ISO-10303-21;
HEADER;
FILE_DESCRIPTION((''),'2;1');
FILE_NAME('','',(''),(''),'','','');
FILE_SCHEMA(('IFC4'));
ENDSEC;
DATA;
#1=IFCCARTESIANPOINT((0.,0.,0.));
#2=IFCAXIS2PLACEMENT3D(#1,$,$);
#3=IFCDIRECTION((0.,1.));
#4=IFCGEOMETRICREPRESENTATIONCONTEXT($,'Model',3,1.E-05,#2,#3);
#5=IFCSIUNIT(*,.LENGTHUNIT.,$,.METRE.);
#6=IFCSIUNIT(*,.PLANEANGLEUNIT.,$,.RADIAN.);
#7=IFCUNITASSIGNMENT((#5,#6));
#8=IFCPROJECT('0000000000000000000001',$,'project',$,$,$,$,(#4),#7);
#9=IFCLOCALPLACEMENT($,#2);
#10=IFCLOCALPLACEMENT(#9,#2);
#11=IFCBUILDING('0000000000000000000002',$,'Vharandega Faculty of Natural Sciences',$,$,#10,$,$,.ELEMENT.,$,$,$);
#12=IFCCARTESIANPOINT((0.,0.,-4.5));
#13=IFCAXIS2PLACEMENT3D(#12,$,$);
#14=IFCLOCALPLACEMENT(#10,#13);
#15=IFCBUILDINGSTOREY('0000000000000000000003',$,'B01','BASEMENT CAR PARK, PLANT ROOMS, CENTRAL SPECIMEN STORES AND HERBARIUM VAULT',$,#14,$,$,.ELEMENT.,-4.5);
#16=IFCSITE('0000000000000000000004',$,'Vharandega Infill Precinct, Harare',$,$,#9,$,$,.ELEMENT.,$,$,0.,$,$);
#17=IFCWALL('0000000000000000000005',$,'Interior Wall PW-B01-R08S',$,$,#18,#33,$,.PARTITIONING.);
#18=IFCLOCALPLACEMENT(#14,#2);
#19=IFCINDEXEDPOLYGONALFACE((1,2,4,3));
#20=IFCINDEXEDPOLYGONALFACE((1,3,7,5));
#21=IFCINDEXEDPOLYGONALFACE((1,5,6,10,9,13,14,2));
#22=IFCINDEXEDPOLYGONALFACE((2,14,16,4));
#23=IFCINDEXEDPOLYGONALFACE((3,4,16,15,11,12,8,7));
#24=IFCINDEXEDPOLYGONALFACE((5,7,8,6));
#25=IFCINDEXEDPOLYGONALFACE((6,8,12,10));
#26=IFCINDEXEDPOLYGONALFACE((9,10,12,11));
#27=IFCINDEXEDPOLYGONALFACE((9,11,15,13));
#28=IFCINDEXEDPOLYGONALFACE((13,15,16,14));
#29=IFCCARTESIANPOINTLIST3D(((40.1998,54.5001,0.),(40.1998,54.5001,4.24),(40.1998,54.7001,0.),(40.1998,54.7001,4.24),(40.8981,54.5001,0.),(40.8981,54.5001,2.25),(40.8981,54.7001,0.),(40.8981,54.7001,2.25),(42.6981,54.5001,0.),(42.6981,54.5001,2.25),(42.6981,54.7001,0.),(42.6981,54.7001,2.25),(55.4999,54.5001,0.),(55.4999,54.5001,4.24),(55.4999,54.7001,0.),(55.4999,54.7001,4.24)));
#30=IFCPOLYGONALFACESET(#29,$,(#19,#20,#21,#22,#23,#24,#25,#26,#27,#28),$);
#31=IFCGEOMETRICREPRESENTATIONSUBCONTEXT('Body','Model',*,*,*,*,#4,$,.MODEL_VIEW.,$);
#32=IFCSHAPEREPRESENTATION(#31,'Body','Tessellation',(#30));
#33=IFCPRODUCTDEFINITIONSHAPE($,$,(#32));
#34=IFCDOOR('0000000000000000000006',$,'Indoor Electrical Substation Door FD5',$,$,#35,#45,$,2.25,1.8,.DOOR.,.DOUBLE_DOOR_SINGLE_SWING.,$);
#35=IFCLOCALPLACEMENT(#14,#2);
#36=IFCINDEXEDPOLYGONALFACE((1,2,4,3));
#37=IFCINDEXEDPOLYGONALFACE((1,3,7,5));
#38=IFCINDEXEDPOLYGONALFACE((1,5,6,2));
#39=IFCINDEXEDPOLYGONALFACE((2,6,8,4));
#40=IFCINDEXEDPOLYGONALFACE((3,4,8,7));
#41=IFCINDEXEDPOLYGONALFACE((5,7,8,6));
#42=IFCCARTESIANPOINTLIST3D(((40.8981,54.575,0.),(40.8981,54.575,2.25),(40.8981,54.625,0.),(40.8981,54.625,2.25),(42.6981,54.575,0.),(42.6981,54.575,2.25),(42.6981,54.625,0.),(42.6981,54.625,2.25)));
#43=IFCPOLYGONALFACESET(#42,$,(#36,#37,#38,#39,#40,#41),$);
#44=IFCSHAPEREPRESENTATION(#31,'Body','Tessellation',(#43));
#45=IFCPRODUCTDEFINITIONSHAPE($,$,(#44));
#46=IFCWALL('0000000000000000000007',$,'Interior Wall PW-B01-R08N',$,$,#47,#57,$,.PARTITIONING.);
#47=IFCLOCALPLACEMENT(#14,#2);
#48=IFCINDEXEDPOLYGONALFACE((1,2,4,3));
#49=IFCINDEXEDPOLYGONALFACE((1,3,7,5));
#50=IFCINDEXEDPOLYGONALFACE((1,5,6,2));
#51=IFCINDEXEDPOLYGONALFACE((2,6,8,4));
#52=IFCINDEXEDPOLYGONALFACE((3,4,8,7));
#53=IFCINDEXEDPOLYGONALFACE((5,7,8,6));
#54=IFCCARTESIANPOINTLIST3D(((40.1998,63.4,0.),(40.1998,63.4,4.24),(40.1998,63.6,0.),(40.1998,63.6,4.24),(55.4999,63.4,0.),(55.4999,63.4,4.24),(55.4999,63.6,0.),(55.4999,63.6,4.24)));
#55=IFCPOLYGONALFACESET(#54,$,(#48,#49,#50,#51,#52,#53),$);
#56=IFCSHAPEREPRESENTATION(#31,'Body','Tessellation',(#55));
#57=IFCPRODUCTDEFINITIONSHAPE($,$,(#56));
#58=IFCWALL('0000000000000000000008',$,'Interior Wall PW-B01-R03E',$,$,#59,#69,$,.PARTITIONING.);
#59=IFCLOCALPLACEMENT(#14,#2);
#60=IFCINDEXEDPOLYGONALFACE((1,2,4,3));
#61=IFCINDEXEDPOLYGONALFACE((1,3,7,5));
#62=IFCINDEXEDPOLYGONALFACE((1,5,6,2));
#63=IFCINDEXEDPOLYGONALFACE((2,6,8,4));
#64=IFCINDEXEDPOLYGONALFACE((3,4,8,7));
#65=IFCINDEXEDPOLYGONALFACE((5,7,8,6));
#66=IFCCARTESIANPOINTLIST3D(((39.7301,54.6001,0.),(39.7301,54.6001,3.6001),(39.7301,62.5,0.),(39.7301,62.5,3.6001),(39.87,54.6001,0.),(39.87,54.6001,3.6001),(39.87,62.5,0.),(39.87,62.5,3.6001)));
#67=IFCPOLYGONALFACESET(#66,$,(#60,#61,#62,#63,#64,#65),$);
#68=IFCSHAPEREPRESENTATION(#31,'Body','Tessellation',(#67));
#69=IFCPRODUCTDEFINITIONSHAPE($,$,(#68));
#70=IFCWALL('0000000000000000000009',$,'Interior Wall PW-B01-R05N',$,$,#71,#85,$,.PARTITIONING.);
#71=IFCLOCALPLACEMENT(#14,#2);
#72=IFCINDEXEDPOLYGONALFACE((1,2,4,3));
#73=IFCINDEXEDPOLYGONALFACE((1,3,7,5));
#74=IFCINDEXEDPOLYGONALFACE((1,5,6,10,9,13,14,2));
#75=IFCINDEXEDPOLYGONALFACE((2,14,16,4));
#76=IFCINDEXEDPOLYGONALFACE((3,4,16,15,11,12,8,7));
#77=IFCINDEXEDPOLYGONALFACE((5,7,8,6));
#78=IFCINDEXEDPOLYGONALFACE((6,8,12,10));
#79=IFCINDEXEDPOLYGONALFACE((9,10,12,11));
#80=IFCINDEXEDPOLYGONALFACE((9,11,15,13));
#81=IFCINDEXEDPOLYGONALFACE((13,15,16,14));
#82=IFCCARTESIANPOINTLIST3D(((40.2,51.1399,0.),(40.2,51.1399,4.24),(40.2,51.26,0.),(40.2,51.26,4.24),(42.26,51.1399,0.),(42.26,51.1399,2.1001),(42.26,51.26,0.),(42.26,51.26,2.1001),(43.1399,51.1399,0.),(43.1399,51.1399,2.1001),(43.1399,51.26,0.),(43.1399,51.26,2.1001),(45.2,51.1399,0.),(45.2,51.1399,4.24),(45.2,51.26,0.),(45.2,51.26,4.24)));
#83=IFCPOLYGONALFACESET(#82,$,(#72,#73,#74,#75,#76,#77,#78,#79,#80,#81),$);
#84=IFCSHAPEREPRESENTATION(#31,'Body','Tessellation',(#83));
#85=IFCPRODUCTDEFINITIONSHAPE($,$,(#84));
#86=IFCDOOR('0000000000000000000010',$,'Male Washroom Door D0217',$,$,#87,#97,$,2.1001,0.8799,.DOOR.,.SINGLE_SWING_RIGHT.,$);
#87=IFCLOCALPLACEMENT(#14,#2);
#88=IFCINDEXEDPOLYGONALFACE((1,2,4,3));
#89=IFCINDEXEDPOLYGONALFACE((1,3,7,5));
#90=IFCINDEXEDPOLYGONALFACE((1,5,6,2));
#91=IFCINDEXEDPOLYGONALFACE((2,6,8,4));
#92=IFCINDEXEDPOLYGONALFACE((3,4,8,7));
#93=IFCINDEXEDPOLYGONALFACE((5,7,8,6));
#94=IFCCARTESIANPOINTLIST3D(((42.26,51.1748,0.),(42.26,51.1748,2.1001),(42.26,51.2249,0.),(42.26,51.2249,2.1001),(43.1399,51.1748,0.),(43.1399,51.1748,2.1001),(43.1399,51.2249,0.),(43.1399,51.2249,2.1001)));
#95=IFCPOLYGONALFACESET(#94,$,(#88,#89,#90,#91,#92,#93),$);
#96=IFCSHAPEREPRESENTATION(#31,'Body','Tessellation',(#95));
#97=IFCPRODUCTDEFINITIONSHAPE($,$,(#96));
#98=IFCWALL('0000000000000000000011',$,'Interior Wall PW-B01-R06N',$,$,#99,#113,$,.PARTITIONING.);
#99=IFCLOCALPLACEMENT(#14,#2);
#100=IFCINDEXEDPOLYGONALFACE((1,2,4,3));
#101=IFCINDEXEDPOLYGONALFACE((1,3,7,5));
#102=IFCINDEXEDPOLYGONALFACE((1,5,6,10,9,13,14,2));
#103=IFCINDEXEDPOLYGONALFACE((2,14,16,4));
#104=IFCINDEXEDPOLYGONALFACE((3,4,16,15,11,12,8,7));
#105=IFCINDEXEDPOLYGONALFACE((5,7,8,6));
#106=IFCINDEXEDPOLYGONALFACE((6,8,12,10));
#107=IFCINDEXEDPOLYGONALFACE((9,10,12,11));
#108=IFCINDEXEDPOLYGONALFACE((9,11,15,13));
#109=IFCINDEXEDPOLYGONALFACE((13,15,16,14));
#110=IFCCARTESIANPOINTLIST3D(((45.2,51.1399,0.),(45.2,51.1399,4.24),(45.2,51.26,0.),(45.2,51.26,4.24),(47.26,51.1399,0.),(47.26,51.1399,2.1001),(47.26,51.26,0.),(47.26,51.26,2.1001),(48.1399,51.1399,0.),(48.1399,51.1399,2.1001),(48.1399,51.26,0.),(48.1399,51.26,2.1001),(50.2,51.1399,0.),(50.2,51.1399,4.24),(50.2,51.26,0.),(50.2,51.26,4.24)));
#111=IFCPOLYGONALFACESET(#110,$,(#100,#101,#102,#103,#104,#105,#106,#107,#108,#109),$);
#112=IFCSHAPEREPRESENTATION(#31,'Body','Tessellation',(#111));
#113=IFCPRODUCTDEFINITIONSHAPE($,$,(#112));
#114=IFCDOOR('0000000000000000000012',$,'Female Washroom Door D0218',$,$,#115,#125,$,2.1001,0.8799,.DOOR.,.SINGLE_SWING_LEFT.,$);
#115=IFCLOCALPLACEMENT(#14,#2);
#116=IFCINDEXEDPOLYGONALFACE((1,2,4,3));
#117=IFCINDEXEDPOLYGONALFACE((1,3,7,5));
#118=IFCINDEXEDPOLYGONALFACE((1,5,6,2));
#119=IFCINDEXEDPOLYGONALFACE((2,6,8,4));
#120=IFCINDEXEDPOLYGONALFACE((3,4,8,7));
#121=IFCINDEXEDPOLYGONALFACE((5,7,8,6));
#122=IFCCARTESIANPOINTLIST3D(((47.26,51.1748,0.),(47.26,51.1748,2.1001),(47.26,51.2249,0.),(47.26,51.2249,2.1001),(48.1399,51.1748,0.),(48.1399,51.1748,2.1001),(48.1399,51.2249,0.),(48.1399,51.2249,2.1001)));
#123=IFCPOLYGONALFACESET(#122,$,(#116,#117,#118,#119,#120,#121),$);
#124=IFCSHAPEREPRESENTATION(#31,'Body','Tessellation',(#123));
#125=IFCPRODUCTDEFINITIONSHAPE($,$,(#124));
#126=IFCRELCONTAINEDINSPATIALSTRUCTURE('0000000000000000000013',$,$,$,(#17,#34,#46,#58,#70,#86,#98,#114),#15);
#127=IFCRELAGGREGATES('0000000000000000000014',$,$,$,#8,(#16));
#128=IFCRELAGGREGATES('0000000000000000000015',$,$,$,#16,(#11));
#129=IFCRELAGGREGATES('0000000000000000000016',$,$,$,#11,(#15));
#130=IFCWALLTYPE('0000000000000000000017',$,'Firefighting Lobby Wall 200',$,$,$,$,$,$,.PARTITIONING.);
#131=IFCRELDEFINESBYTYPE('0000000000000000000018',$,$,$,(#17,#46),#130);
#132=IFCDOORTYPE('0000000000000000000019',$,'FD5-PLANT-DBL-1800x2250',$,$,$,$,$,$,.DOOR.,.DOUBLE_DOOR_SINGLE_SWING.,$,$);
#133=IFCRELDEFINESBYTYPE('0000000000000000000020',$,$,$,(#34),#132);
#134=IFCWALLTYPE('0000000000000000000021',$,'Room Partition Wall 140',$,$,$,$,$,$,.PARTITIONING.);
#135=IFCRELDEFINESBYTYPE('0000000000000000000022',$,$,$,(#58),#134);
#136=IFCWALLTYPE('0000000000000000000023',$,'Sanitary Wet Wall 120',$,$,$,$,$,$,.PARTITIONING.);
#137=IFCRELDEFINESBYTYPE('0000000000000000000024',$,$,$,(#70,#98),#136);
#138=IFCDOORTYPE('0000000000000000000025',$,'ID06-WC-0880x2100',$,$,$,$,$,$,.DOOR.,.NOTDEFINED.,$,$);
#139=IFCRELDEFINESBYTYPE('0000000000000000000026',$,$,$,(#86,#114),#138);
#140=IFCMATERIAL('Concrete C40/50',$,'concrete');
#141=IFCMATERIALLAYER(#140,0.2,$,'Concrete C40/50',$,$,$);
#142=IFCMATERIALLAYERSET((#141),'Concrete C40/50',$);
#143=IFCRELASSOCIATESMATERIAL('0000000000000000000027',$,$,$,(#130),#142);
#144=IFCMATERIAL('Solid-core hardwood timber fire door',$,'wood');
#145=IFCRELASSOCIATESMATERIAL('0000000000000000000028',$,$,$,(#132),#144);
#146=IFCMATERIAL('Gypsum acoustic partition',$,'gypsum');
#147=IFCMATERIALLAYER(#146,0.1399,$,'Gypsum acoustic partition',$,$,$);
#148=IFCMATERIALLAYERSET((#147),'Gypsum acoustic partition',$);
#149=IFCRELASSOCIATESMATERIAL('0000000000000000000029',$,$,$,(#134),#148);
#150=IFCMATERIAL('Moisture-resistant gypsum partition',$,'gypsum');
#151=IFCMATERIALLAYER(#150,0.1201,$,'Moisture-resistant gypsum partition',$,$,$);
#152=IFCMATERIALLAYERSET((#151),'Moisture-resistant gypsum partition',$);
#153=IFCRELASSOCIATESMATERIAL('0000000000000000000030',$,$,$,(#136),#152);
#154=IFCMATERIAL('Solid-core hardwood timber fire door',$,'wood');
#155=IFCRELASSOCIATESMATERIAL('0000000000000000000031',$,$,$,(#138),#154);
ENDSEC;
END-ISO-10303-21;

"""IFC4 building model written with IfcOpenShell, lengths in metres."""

from ifc_helpers import new_model, si_unit, direction, frame, frame_2d, origin, place, context, subcontext, project, spatial, rectangle, extrude, material, layer, layer_set, type_object, element, fill, save


model = new_model("IFC4")

# Units and contexts
model_context = context("Model", 3, precision=1e-05, world=origin(), true_north=direction((0.0, 1.0)))
body_context = subcontext(model_context, "Body", "Model", "MODEL_VIEW")
ifc_project = project(units=[si_unit("LENGTHUNIT", "METRE"), si_unit("PLANEANGLEUNIT", "RADIAN")], contexts=[model_context])

# Site, building, storey
site_placement = place(None, origin())
site = spatial("IfcSite", under=ifc_project, at=site_placement, Name="Vharandega Infill Precinct, Harare", CompositionType="ELEMENT", RefElevation=0.0)
building_placement = place(site_placement, origin())
building = spatial("IfcBuilding", under=site, at=building_placement, Name="Vharandega Faculty of Natural Sciences", CompositionType="ELEMENT")
storey_placement = place(building_placement, frame((0.0, 0.0, -4.5)))
storey = spatial("IfcBuildingStorey", under=building, at=storey_placement, Name="B01", Description="BASEMENT CAR PARK, PLANT ROOMS, CENTRAL SPECIMEN STORES AND HERBARIUM VAULT", CompositionType="ELEMENT", Elevation=-4.5)

# Wall, opening, door
ifc_material_1 = material(Name="Concrete C40/50", Category="concrete")
ifc_layer_1 = layer(ifc_material_1, 0.2, Name="Concrete C40/50")
ifc_layer_set_1 = layer_set([ifc_layer_1], Name="Concrete C40/50")
wall_type_1 = type_object("IfcWallType", Name="Firefighting Lobby Wall 200", PredefinedType="PARTITIONING", material=ifc_layer_set_1)
wall_1_placement = place(storey_placement, frame((40.2, 54.6001, 0.0), z_axis=(0.0, 0.0, 1.0), x_axis=(1.0, 0.0, 0.0)))
wall_1 = element("IfcWall", 1, at=wall_1_placement, inside=storey, type_object=wall_type_1, Name="Interior Wall PW-B01-R08S", PredefinedType="PARTITIONING", context=body_context, shape_type="SweptSolid", body=[
    extrude(rectangle(XDim=15.3, YDim=0.2, at=frame_2d((7.6499, 0.0))), origin(), (0.0, 0.0, 1.0), 4.24),
])
opening_1_placement = place(wall_1_placement, frame((0.6982, 0.0, 0.0)))
opening_1 = element("IfcOpeningElement", 2, at=opening_1_placement, cuts=wall_1, PredefinedType="OPENING", context=body_context, shape_type="SweptSolid", body=[
    extrude(rectangle(XDim=1.8, YDim=2.25, at=frame_2d((0.8999, 1.125))), frame((0.0, 0.1099, 0.0), z_axis=(0.0, -1.0, 0.0), x_axis=(1.0, 0.0, 0.0)), (0.0, 0.0, 1.0), 0.22),
])
ifc_material_2 = material(Name="Solid-core hardwood timber fire door", Category="wood")
door_type_1 = type_object("IfcDoorType", Name="FD5-PLANT-DBL-1800x2250", OperationType="DOUBLE_DOOR_SINGLE_SWING", PredefinedType="DOOR", material=ifc_material_2)
door_1_placement = place(opening_1_placement, origin())
door_1 = element("IfcDoor", 3, at=door_1_placement, inside=storey, type_object=door_type_1, Name="Indoor Electrical Substation Door FD5", OperationType="DOUBLE_DOOR_SINGLE_SWING", OverallHeight=2.25, OverallWidth=1.8, PredefinedType="DOOR", context=body_context, shape_type="SweptSolid", body=[
    extrude(rectangle(XDim=1.8, YDim=2.25, at=frame_2d((0.8999, 1.125))), frame((0.0, 0.0249, 0.0), z_axis=(0.0, -1.0, 0.0), x_axis=(1.0, 0.0, 0.0)), (0.0, 0.0, 1.0), 0.05),
])
fill(opening_1, door_1)

# Walls
wall_2_placement = place(storey_placement, frame((40.2, 63.5, 0.0), z_axis=(0.0, 0.0, 1.0), x_axis=(1.0, 0.0, 0.0)))
element("IfcWall", 4, at=wall_2_placement, inside=storey, type_object=wall_type_1, Name="Interior Wall PW-B01-R08N", PredefinedType="PARTITIONING", context=body_context, shape_type="SweptSolid", body=[
    extrude(rectangle(XDim=15.3, YDim=0.2, at=frame_2d((7.6499, 0.0))), origin(), (0.0, 0.0, 1.0), 4.24),
])
ifc_material_3 = material(Name="Gypsum acoustic partition", Category="gypsum")
ifc_layer_2 = layer(ifc_material_3, 0.1399, Name="Gypsum acoustic partition")
ifc_layer_set_2 = layer_set([ifc_layer_2], Name="Gypsum acoustic partition")
wall_type_2 = type_object("IfcWallType", Name="Room Partition Wall 140", PredefinedType="PARTITIONING", material=ifc_layer_set_2)
wall_3_placement = place(storey_placement, frame((39.8, 54.6001, 0.0), z_axis=(0.0, 0.0, 1.0), x_axis=(0.0, 1.0, 0.0)))
element("IfcWall", 5, at=wall_3_placement, inside=storey, type_object=wall_type_2, Name="Interior Wall PW-B01-R03E", PredefinedType="PARTITIONING", context=body_context, shape_type="SweptSolid", body=[
    extrude(rectangle(XDim=7.8999, YDim=0.1399, at=frame_2d((3.95, 0.0))), origin(), (0.0, 0.0, 1.0), 3.6001),
])

# Walls, openings, doors
ifc_material_4 = material(Name="Moisture-resistant gypsum partition", Category="gypsum")
ifc_layer_3 = layer(ifc_material_4, 0.1201, Name="Moisture-resistant gypsum partition")
ifc_layer_set_3 = layer_set([ifc_layer_3], Name="Moisture-resistant gypsum partition")
wall_type_3 = type_object("IfcWallType", Name="Sanitary Wet Wall 120", PredefinedType="PARTITIONING", material=ifc_layer_set_3)
wall_4_placement = place(storey_placement, frame((40.2, 51.2, 0.0), z_axis=(0.0, 0.0, 1.0), x_axis=(1.0, 0.0, 0.0)))
wall_4 = element("IfcWall", 6, at=wall_4_placement, inside=storey, type_object=wall_type_3, Name="Interior Wall PW-B01-R05N", PredefinedType="PARTITIONING", context=body_context, shape_type="SweptSolid", body=[
    extrude(rectangle(XDim=5.0, YDim=0.1201, at=frame_2d((2.5, 0.0))), origin(), (0.0, 0.0, 1.0), 4.24),
])
opening_2_placement = place(wall_4_placement, frame((2.0601, 0.0, 0.0)))
opening_2 = element("IfcOpeningElement", 7, at=opening_2_placement, cuts=wall_4, PredefinedType="OPENING", context=body_context, shape_type="SweptSolid", body=[
    extrude(rectangle(XDim=0.8799, YDim=2.1001, at=frame_2d((0.4399, 1.05))), frame((0.0, 0.0701, 0.0), z_axis=(0.0, -1.0, 0.0), x_axis=(1.0, 0.0, 0.0)), (0.0, 0.0, 1.0), 0.1401),
])
ifc_material_5 = material(Name="Solid-core hardwood timber fire door", Category="wood")
door_type_2 = type_object("IfcDoorType", Name="ID06-WC-0880x2100", OperationType="NOTDEFINED", PredefinedType="DOOR", material=ifc_material_5)
door_2_placement = place(opening_2_placement, origin())
door_2 = element("IfcDoor", 8, at=door_2_placement, inside=storey, type_object=door_type_2, Name="Male Washroom Door D0217", OperationType="SINGLE_SWING_RIGHT", OverallHeight=2.1001, OverallWidth=0.8799, PredefinedType="DOOR", context=body_context, shape_type="SweptSolid", body=[
    extrude(rectangle(XDim=0.8799, YDim=2.1001, at=frame_2d((0.4399, 1.05))), frame((0.0, 0.0249, 0.0), z_axis=(0.0, -1.0, 0.0), x_axis=(1.0, 0.0, 0.0)), (0.0, 0.0, 1.0), 0.05),
])
fill(opening_2, door_2)
wall_5_placement = place(storey_placement, frame((45.2, 51.2, 0.0), z_axis=(0.0, 0.0, 1.0), x_axis=(1.0, 0.0, 0.0)))
wall_5 = element("IfcWall", 9, at=wall_5_placement, inside=storey, type_object=wall_type_3, Name="Interior Wall PW-B01-R06N", PredefinedType="PARTITIONING", context=body_context, shape_type="SweptSolid", body=[
    extrude(rectangle(XDim=5.0, YDim=0.1201, at=frame_2d((2.5, 0.0))), origin(), (0.0, 0.0, 1.0), 4.24),
])
opening_3_placement = place(wall_5_placement, frame((2.0601, 0.0, 0.0)))
opening_3 = element("IfcOpeningElement", 10, at=opening_3_placement, cuts=wall_5, PredefinedType="OPENING", context=body_context, shape_type="SweptSolid", body=[
    extrude(rectangle(XDim=0.8799, YDim=2.1001, at=frame_2d((0.4399, 1.05))), frame((0.0, 0.0701, 0.0), z_axis=(0.0, -1.0, 0.0), x_axis=(1.0, 0.0, 0.0)), (0.0, 0.0, 1.0), 0.1401),
])
door_3_placement = place(opening_3_placement, origin())
door_3 = element("IfcDoor", 11, at=door_3_placement, inside=storey, type_object=door_type_2, Name="Female Washroom Door D0218", OperationType="SINGLE_SWING_LEFT", OverallHeight=2.1001, OverallWidth=0.8799, PredefinedType="DOOR", context=body_context, shape_type="SweptSolid", body=[
    extrude(rectangle(XDim=0.8799, YDim=2.1001, at=frame_2d((0.4399, 1.05))), frame((0.0, 0.0249, 0.0), z_axis=(0.0, -1.0, 0.0), x_axis=(1.0, 0.0, 0.0)), (0.0, 0.0, 1.0), 0.05),
])
fill(opening_3, door_3)

save(model, "model.ifc")
